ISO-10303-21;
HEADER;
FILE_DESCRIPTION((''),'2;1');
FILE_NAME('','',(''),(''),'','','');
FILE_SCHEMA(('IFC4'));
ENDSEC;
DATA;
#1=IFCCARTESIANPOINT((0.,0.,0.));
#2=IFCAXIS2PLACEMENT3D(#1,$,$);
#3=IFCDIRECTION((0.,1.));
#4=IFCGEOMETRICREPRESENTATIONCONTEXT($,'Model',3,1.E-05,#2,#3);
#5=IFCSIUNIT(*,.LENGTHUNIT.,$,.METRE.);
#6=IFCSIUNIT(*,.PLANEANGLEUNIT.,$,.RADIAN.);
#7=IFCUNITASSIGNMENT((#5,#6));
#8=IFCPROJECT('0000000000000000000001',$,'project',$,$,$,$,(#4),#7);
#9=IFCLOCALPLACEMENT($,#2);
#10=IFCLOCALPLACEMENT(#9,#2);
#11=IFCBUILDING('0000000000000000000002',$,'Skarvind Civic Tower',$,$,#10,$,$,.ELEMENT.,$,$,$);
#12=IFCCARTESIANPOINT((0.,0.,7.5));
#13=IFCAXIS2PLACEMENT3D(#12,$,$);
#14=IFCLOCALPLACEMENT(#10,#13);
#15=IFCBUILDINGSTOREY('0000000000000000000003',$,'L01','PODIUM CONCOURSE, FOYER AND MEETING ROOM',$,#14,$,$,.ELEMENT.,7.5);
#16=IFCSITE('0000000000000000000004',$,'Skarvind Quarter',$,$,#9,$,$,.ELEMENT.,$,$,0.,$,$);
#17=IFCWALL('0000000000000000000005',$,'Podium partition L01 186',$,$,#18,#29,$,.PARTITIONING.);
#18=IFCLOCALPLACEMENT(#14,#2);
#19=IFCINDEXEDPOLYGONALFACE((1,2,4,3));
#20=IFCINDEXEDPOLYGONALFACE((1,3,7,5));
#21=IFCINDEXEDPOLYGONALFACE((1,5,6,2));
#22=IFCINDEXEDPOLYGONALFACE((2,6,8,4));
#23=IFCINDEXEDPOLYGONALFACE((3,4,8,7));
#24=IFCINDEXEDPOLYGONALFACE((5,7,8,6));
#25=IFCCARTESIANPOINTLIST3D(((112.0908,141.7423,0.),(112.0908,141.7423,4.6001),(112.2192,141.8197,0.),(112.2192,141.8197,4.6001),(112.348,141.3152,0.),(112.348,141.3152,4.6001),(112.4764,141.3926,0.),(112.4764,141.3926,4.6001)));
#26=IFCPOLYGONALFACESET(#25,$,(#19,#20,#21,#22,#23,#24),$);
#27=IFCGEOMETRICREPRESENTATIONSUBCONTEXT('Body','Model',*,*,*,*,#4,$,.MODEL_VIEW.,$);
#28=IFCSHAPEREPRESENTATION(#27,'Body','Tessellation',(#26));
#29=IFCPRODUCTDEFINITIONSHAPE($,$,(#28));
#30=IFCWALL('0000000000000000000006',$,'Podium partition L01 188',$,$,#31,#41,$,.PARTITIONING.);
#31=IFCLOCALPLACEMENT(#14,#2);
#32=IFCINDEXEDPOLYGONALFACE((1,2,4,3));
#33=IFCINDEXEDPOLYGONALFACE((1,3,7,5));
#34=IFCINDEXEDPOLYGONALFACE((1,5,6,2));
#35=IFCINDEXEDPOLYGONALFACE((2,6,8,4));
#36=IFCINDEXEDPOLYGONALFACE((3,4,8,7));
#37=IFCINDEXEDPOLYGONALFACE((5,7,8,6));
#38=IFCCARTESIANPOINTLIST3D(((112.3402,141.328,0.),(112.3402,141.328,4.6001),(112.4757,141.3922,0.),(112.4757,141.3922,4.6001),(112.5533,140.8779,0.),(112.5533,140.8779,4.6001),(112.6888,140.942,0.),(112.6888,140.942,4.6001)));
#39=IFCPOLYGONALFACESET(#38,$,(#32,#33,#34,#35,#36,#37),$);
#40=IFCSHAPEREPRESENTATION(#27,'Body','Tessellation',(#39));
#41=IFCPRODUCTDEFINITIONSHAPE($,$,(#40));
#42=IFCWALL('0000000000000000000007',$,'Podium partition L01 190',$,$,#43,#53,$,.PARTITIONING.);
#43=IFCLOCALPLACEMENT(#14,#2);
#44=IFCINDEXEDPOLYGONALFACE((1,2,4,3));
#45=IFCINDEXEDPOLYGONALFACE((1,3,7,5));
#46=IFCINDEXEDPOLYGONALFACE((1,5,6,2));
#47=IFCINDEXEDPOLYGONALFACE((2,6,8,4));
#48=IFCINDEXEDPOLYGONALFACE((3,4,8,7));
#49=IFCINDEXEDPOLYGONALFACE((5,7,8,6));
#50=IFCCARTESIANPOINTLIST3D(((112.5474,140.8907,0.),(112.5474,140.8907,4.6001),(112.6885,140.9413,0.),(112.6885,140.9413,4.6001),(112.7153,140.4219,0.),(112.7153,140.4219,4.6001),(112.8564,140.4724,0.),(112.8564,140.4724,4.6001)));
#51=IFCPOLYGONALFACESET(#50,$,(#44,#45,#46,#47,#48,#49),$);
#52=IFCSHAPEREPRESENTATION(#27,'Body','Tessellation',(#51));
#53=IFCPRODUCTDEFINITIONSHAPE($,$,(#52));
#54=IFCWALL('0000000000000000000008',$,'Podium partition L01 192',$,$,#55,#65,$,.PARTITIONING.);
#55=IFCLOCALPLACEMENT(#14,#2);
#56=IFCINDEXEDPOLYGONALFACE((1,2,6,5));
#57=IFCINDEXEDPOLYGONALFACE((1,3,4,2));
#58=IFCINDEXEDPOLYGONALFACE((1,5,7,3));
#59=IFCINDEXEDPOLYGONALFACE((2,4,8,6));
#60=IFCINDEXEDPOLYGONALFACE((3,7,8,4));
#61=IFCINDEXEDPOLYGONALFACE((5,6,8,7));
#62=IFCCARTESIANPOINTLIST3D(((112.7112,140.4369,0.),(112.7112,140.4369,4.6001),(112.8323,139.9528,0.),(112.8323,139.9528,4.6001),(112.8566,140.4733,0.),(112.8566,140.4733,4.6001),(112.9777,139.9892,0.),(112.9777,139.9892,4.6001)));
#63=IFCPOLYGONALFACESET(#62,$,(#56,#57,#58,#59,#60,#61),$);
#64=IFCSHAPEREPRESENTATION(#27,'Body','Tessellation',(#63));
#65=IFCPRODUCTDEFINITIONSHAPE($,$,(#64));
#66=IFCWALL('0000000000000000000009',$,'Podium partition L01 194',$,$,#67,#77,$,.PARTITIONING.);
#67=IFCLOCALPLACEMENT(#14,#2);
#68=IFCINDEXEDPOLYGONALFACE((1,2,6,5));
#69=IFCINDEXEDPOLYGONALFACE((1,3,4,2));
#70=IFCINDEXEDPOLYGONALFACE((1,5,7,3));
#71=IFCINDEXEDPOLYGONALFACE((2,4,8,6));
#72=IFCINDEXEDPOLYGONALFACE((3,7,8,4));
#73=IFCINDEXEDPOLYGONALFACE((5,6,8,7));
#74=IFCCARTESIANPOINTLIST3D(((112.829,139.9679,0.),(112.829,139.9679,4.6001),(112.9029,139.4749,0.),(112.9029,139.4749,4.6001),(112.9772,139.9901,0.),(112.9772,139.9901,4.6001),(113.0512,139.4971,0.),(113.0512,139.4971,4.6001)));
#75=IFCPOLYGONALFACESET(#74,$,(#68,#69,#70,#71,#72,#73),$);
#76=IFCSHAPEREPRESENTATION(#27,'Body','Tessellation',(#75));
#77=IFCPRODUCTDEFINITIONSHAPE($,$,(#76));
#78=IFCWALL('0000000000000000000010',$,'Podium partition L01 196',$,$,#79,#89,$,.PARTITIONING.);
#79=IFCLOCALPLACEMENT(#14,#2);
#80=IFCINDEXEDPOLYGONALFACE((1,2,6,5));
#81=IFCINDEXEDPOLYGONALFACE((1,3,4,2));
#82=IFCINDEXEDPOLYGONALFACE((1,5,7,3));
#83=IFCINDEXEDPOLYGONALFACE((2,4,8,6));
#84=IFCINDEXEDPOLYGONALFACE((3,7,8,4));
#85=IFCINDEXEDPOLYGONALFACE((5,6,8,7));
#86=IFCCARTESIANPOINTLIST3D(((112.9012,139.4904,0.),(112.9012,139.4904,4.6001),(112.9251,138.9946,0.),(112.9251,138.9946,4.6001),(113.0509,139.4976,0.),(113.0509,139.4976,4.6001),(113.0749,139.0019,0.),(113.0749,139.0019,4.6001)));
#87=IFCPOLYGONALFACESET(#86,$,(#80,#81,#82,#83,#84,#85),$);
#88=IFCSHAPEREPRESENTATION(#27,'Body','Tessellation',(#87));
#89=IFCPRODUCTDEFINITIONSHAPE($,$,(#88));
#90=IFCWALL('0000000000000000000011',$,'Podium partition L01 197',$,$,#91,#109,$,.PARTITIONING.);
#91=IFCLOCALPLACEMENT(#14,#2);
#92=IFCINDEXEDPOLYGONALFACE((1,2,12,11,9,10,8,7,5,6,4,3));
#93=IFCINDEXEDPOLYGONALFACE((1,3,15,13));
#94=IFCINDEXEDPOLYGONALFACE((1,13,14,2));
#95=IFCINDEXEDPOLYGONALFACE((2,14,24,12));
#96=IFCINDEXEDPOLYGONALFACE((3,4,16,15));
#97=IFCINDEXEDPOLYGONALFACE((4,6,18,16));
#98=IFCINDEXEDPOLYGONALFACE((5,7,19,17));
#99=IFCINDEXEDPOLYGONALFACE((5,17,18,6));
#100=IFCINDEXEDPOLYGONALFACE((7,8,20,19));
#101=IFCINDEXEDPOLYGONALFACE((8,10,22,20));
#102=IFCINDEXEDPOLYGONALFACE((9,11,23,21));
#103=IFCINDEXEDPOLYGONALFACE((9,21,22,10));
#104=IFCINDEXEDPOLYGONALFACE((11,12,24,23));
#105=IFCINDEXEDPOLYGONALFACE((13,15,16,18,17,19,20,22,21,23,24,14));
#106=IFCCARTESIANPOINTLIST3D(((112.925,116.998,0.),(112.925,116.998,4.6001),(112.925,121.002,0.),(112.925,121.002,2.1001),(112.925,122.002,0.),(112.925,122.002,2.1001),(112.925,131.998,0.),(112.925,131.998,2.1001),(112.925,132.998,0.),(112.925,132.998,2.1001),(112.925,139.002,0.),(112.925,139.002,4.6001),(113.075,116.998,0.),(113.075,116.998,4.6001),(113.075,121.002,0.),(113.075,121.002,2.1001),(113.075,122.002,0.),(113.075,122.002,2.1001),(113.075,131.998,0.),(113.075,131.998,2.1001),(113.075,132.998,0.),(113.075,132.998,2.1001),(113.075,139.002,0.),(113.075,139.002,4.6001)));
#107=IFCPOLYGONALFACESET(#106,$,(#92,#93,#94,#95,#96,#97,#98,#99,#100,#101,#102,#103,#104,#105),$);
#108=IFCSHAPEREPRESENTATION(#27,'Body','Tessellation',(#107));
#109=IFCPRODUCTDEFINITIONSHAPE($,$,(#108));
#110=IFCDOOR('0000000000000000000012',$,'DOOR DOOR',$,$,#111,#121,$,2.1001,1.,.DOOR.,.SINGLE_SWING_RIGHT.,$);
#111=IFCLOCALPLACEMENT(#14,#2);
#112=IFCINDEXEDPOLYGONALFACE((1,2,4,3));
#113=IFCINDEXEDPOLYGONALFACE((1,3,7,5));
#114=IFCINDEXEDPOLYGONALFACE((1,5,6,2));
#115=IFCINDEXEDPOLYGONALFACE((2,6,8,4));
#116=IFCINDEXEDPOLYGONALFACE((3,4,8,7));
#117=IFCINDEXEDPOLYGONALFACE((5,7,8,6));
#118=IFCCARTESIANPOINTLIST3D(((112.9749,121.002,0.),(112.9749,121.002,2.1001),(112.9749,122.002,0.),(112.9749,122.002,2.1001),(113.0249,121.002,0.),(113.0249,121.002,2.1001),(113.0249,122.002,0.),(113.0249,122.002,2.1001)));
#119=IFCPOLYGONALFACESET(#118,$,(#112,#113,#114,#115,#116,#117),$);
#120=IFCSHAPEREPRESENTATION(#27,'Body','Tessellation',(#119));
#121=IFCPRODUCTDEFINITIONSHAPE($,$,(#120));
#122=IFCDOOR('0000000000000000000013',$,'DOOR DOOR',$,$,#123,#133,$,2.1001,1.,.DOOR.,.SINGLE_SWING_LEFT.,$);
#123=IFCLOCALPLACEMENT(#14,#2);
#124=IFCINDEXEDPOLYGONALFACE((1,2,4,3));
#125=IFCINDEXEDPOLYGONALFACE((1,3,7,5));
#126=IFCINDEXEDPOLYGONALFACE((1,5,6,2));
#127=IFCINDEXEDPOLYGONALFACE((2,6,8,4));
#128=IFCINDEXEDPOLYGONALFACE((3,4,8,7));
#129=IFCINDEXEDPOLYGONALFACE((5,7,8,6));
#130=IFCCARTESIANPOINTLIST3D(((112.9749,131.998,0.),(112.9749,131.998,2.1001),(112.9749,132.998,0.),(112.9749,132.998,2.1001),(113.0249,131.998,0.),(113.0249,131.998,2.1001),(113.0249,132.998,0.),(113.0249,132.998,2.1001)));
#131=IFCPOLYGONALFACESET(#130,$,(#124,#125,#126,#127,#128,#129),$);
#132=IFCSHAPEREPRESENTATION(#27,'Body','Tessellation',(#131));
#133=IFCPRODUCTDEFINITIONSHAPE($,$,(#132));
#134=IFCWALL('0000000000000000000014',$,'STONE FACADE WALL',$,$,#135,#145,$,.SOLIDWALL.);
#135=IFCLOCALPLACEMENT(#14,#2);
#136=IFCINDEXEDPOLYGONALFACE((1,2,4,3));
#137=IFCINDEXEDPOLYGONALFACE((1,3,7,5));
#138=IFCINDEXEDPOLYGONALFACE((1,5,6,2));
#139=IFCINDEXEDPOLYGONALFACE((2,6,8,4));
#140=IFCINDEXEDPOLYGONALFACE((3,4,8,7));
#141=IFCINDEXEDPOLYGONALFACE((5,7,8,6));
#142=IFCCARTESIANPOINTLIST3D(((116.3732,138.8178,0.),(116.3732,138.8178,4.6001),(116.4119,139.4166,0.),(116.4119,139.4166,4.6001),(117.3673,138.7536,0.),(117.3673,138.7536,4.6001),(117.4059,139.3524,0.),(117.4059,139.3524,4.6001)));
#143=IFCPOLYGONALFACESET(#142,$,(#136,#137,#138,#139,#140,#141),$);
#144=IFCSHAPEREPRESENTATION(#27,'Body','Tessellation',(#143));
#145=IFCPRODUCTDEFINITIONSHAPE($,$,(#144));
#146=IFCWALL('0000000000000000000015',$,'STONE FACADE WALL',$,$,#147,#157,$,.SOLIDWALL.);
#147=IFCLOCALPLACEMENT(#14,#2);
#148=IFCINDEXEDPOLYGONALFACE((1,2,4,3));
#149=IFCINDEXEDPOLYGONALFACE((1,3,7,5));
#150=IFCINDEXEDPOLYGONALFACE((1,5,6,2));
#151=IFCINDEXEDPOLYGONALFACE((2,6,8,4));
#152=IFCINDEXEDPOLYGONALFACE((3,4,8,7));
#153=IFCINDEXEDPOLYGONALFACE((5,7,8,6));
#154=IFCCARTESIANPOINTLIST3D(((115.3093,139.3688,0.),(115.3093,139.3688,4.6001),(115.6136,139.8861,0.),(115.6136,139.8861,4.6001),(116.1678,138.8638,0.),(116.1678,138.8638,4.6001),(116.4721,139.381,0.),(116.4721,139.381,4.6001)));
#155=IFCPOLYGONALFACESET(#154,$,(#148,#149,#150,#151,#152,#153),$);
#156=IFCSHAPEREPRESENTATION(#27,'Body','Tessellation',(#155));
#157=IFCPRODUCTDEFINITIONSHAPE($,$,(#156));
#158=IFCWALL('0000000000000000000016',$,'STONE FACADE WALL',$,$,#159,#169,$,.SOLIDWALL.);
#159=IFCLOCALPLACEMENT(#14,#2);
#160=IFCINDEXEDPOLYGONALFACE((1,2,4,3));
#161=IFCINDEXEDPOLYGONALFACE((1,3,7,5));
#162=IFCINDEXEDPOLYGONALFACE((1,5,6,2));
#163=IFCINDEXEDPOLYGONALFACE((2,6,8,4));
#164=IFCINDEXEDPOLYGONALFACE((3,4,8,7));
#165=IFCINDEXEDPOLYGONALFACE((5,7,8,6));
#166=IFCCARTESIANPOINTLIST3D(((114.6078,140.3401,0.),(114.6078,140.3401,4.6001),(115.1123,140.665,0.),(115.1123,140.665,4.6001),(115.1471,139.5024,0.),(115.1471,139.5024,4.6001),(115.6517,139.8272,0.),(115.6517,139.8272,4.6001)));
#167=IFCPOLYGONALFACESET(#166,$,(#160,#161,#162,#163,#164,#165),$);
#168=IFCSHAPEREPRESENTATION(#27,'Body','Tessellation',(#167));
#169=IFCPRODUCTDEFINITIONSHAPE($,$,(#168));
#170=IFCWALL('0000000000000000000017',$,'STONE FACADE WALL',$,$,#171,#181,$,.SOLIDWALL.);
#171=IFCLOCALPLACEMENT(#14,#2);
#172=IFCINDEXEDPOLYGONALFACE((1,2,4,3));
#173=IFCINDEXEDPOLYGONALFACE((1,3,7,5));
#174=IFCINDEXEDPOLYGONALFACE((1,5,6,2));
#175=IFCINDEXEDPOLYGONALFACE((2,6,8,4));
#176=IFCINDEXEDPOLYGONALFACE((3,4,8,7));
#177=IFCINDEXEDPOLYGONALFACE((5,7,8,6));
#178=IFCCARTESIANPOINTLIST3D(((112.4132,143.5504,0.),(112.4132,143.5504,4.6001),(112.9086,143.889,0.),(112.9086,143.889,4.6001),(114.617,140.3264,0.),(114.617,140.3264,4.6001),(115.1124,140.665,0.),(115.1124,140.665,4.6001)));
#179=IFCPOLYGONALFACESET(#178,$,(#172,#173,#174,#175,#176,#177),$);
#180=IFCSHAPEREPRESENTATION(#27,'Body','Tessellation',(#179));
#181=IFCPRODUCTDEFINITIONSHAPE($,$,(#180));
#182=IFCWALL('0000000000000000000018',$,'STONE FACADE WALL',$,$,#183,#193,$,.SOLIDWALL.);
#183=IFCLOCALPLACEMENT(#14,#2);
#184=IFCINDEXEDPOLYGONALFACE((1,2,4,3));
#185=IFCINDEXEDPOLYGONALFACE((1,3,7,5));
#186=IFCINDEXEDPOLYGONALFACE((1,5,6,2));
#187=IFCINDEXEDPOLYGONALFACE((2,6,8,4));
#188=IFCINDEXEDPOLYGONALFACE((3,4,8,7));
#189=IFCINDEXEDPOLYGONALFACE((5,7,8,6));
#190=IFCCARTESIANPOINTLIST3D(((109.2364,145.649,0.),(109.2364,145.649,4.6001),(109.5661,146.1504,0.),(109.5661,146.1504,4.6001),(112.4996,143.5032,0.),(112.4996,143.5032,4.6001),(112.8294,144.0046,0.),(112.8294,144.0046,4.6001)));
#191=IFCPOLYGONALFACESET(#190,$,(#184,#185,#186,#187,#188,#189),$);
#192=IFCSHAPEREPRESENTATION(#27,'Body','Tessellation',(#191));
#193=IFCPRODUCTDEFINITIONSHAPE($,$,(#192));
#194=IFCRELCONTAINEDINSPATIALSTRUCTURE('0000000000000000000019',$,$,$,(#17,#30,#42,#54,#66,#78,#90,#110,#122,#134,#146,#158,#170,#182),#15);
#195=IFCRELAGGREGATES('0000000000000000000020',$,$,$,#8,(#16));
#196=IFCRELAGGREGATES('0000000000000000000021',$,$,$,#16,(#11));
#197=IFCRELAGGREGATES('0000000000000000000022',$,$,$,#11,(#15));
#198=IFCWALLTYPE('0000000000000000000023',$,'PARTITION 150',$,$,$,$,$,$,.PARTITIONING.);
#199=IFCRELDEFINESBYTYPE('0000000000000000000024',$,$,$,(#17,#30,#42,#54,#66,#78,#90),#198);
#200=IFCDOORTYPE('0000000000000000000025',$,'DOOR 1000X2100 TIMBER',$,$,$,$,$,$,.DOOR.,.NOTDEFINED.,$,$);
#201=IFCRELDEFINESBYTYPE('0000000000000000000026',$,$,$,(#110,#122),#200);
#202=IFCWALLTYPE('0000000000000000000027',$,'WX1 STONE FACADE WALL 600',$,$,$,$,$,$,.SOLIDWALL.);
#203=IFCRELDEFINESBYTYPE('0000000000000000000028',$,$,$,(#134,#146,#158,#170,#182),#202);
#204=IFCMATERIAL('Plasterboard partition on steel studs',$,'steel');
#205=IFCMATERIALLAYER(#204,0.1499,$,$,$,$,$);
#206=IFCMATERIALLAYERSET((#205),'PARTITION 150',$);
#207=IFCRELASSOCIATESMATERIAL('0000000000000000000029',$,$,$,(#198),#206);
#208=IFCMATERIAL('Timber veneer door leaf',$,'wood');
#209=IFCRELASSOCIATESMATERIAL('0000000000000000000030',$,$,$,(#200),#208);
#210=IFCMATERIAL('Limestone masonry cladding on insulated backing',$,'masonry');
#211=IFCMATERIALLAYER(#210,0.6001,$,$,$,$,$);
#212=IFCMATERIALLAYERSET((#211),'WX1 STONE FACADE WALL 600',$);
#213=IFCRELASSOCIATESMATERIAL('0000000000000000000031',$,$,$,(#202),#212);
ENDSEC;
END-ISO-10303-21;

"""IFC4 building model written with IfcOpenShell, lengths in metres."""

from ifc_helpers import new_model, si_unit, direction, frame, frame_2d, origin, place, context, subcontext, project, spatial, rectangle, extrude, material, layer, layer_set, type_object, element, fill, save


model = new_model("IFC4")

# Units and contexts
model_context = context("Model", 3, precision=1e-05, world=origin(), true_north=direction((0.0, 1.0)))
body_context = subcontext(model_context, "Body", "Model", "MODEL_VIEW")
ifc_project = project(units=[si_unit("LENGTHUNIT", "METRE"), si_unit("PLANEANGLEUNIT", "RADIAN")], contexts=[model_context])

# Site, building, storey
site_placement = place(None, origin())
site = spatial("IfcSite", under=ifc_project, at=site_placement, Name="Skarvind Quarter", CompositionType="ELEMENT", RefElevation=0.0)
building_placement = place(site_placement, origin())
building = spatial("IfcBuilding", under=site, at=building_placement, Name="Skarvind Civic Tower", CompositionType="ELEMENT")
storey_placement = place(building_placement, frame((0.0, 0.0, 7.5)))
storey = spatial("IfcBuildingStorey", under=building, at=storey_placement, Name="L01", Description="PODIUM CONCOURSE, FOYER AND MEETING ROOM", CompositionType="ELEMENT", Elevation=7.5)

# Walls
ifc_material_1 = material(Name="Plasterboard partition on steel studs", Category="steel")
ifc_layer_1 = layer(ifc_material_1, 0.1499)
ifc_layer_set_1 = layer_set([ifc_layer_1], Name="PARTITION 150")
wall_type_1 = type_object("IfcWallType", Name="PARTITION 150", PredefinedType="PARTITIONING", material=ifc_layer_set_1)
wall_1_placement = place(storey_placement, frame((112.155, 141.781, 0.0), z_axis=(0.0, 0.0, 1.0), x_axis=(0.515792, -0.856714, 0.0)))
element("IfcWall", 1, at=wall_1_placement, inside=storey, type_object=wall_type_1, Name="Podium partition L01 186", PredefinedType="PARTITIONING", context=body_context, shape_type="SweptSolid", body=[
    extrude(rectangle(XDim=0.4985, YDim=0.1499, at=frame_2d((0.2493, 0.0))), origin(), (0.0, 0.0, 1.0), 4.6001),
])
for number, where, z_axis, x_axis, name in (
    (2, (112.408, 141.3601, 0.0), (0.0, 0.0, 1.0), (0.427897, -0.903828, 0.0), "Podium partition L01 188"),
    (3, (112.6179, 140.916, 0.0), (0.0, 0.0, 1.0), (0.337174, -0.941442, 0.0), "Podium partition L01 190"),
):
    element("IfcWall", number, at=place(storey_placement, frame(where, z_axis=z_axis, x_axis=x_axis)), inside=storey, type_object=wall_type_1, Name=name, PredefinedType="PARTITIONING", context=body_context, shape_type="SweptSolid", body=[
        extrude(rectangle(XDim=0.498, YDim=0.1499, at=frame_2d((0.249, 0.0))), origin(), (0.0, 0.0, 1.0), 4.6001),
    ])
wall_2_placement = place(storey_placement, frame((112.7839, 140.4551, 0.0), z_axis=(0.0, 0.0, 1.0), x_axis=(0.242651, -0.970114, 0.0)))
element("IfcWall", 4, at=wall_2_placement, inside=storey, type_object=wall_type_1, Name="Podium partition L01 192", PredefinedType="PARTITIONING", context=body_context, shape_type="SweptSolid", body=[
    extrude(rectangle(XDim=0.499, YDim=0.1499, at=frame_2d((0.2495, 0.0))), origin(), (0.0, 0.0, 1.0), 4.6001),
])
wall_3_placement = place(storey_placement, frame((112.9031, 139.979, 0.0), z_axis=(0.0, 0.0, 1.0), x_axis=(0.148412, -0.988926, 0.0)))
element("IfcWall", 5, at=wall_3_placement, inside=storey, type_object=wall_type_1, Name="Podium partition L01 194", PredefinedType="PARTITIONING", context=body_context, shape_type="SweptSolid", body=[
    extrude(rectangle(XDim=0.4985, YDim=0.1499, at=frame_2d((0.2493, 0.0))), origin(), (0.0, 0.0, 1.0), 4.6001),
])
wall_4_placement = place(storey_placement, frame((112.9761, 139.4939, 0.0), z_axis=(0.0, 0.0, 1.0), x_axis=(0.048196, -0.998838, 0.0)))
element("IfcWall", 6, at=wall_4_placement, inside=storey, type_object=wall_type_1, Name="Podium partition L01 196", PredefinedType="PARTITIONING", context=body_context, shape_type="SweptSolid", body=[
    extrude(rectangle(XDim=0.4963, YDim=0.1499, at=frame_2d((0.248, 0.0))), origin(), (0.0, 0.0, 1.0), 4.6001),
])

# Wall, openings, doors
wall_5_placement = place(storey_placement, frame((113.0, 139.002, 0.0), z_axis=(0.0, 0.0, 1.0), x_axis=(0.0, -1.0, 0.0)))
wall_5 = element("IfcWall", 7, at=wall_5_placement, inside=storey, type_object=wall_type_1, Name="Podium partition L01 197", PredefinedType="PARTITIONING", context=body_context, shape_type="SweptSolid", body=[
    extrude(rectangle(XDim=22.0039, YDim=0.1499, at=frame_2d((11.002, 0.0))), origin(), (0.0, 0.0, 1.0), 4.6001),
])
opening_1_placement = place(wall_5_placement, frame((17.0, 0.0, 0.0)))
opening_1 = element("IfcOpeningElement", 8, at=opening_1_placement, cuts=wall_5, PredefinedType="OPENING", context=body_context, shape_type="SweptSolid", body=[
    extrude(rectangle(XDim=1.0, YDim=2.1001, at=frame_2d((0.5, 1.05))), frame((0.0, 0.085, 0.0), z_axis=(0.0, -1.0, 0.0), x_axis=(1.0, 0.0, 0.0)), (0.0, 0.0, 1.0), 0.1699),
])
opening_2_placement = place(wall_5_placement, frame((6.0039, 0.0, 0.0)))
opening_2 = element("IfcOpeningElement", 9, at=opening_2_placement, cuts=wall_5, PredefinedType="OPENING", context=body_context, shape_type="SweptSolid", body=[
    extrude(rectangle(XDim=1.0, YDim=2.1001, at=frame_2d((0.5, 1.05))), frame((0.0, 0.085, 0.0), z_axis=(0.0, -1.0, 0.0), x_axis=(1.0, 0.0, 0.0)), (0.0, 0.0, 1.0), 0.1699),
])
ifc_material_2 = material(Name="Timber veneer door leaf", Category="wood")
door_type = type_object("IfcDoorType", Name="DOOR 1000X2100 TIMBER", OperationType="NOTDEFINED", PredefinedType="DOOR", material=ifc_material_2)
door_1_placement = place(opening_1_placement, origin())
door_1 = element("IfcDoor", 10, at=door_1_placement, inside=storey, type_object=door_type, Name="DOOR DOOR", OperationType="SINGLE_SWING_RIGHT", OverallHeight=2.1001, OverallWidth=1.0, PredefinedType="DOOR", context=body_context, shape_type="SweptSolid", body=[
    extrude(rectangle(XDim=1.0, YDim=2.1001, at=frame_2d((0.5, 1.05))), frame((0.0, 0.0249, 0.0), z_axis=(0.0, -1.0, 0.0), x_axis=(1.0, 0.0, 0.0)), (0.0, 0.0, 1.0), 0.05),
])
fill(opening_1, door_1)
door_2_placement = place(opening_2_placement, origin())
door_2 = element("IfcDoor", 11, at=door_2_placement, inside=storey, type_object=door_type, Name="DOOR DOOR", OperationType="SINGLE_SWING_LEFT", OverallHeight=2.1001, OverallWidth=1.0, PredefinedType="DOOR", context=body_context, shape_type="SweptSolid", body=[
    extrude(rectangle(XDim=1.0, YDim=2.1001, at=frame_2d((0.5, 1.05))), frame((0.0, 0.0249, 0.0), z_axis=(0.0, -1.0, 0.0), x_axis=(1.0, 0.0, 0.0)), (0.0, 0.0, 1.0), 0.05),
])
fill(opening_2, door_2)

# Walls
ifc_material_3 = material(Name="Limestone masonry cladding on insulated backing", Category="masonry")
ifc_layer_2 = layer(ifc_material_3, 0.6001)
ifc_layer_set_2 = layer_set([ifc_layer_2], Name="WX1 STONE FACADE WALL 600")
wall_type_2 = type_object("IfcWallType", Name="WX1 STONE FACADE WALL 600", PredefinedType="SOLIDWALL", material=ifc_layer_set_2)
for number, where, z_axis, x_axis, name in (
    (12, (116.3926, 139.1172, 0.0), (0.0, 0.0, 1.0), (0.997921, -0.064453, 0.0), "STONE FACADE WALL"),
    (13, (115.4614, 139.6274, 0.0), (0.0, 0.0, 1.0), (0.861915, -0.507052, 0.0), "STONE FACADE WALL"),
):
    element("IfcWall", number, at=place(storey_placement, frame(where, z_axis=z_axis, x_axis=x_axis)), inside=storey, type_object=wall_type_2, Name=name, PredefinedType="SOLIDWALL", context=body_context, shape_type="SweptSolid", body=[
        extrude(rectangle(XDim=0.9961, YDim=0.6001, at=frame_2d((0.498, 0.0))), origin(), (0.0, 0.0, 1.0), 4.6001),
    ])
wall_6_placement = place(storey_placement, frame((114.8601, 140.5024, 0.0), z_axis=(0.0, 0.0, 1.0), x_axis=(0.54134, -0.840804, 0.0)))
element("IfcWall", 14, at=wall_6_placement, inside=storey, type_object=wall_type_2, Name="STONE FACADE WALL", PredefinedType="SOLIDWALL", context=body_context, shape_type="SweptSolid", body=[
    extrude(rectangle(XDim=0.9963, YDim=0.6001, at=frame_2d((0.498, 0.0))), origin(), (0.0, 0.0, 1.0), 4.6001),
])
wall_7_placement = place(storey_placement, frame((112.6609, 143.7197, 0.0), z_axis=(0.0, 0.0, 1.0), x_axis=(0.564314, -0.82556, 0.0)))
element("IfcWall", 15, at=wall_7_placement, inside=storey, type_object=wall_type_2, Name="STONE FACADE WALL", PredefinedType="SOLIDWALL", context=body_context, shape_type="SweptSolid", body=[
    extrude(rectangle(XDim=3.9053, YDim=0.6001, at=frame_2d((1.9526, 0.0))), origin(), (0.0, 0.0, 1.0), 4.6001),
])
wall_8_placement = place(storey_placement, frame((109.4014, 145.8997, 0.0), z_axis=(0.0, 0.0, 1.0), x_axis=(0.835544, -0.549424, 0.0)))
element("IfcWall", 16, at=wall_8_placement, inside=storey, type_object=wall_type_2, Name="STONE FACADE WALL", PredefinedType="SOLIDWALL", context=body_context, shape_type="SweptSolid", body=[
    extrude(rectangle(XDim=3.9055, YDim=0.6001, at=frame_2d((1.9526, 0.0))), origin(), (0.0, 0.0, 1.0), 4.6001),
])

save(model, "model.ifc")
